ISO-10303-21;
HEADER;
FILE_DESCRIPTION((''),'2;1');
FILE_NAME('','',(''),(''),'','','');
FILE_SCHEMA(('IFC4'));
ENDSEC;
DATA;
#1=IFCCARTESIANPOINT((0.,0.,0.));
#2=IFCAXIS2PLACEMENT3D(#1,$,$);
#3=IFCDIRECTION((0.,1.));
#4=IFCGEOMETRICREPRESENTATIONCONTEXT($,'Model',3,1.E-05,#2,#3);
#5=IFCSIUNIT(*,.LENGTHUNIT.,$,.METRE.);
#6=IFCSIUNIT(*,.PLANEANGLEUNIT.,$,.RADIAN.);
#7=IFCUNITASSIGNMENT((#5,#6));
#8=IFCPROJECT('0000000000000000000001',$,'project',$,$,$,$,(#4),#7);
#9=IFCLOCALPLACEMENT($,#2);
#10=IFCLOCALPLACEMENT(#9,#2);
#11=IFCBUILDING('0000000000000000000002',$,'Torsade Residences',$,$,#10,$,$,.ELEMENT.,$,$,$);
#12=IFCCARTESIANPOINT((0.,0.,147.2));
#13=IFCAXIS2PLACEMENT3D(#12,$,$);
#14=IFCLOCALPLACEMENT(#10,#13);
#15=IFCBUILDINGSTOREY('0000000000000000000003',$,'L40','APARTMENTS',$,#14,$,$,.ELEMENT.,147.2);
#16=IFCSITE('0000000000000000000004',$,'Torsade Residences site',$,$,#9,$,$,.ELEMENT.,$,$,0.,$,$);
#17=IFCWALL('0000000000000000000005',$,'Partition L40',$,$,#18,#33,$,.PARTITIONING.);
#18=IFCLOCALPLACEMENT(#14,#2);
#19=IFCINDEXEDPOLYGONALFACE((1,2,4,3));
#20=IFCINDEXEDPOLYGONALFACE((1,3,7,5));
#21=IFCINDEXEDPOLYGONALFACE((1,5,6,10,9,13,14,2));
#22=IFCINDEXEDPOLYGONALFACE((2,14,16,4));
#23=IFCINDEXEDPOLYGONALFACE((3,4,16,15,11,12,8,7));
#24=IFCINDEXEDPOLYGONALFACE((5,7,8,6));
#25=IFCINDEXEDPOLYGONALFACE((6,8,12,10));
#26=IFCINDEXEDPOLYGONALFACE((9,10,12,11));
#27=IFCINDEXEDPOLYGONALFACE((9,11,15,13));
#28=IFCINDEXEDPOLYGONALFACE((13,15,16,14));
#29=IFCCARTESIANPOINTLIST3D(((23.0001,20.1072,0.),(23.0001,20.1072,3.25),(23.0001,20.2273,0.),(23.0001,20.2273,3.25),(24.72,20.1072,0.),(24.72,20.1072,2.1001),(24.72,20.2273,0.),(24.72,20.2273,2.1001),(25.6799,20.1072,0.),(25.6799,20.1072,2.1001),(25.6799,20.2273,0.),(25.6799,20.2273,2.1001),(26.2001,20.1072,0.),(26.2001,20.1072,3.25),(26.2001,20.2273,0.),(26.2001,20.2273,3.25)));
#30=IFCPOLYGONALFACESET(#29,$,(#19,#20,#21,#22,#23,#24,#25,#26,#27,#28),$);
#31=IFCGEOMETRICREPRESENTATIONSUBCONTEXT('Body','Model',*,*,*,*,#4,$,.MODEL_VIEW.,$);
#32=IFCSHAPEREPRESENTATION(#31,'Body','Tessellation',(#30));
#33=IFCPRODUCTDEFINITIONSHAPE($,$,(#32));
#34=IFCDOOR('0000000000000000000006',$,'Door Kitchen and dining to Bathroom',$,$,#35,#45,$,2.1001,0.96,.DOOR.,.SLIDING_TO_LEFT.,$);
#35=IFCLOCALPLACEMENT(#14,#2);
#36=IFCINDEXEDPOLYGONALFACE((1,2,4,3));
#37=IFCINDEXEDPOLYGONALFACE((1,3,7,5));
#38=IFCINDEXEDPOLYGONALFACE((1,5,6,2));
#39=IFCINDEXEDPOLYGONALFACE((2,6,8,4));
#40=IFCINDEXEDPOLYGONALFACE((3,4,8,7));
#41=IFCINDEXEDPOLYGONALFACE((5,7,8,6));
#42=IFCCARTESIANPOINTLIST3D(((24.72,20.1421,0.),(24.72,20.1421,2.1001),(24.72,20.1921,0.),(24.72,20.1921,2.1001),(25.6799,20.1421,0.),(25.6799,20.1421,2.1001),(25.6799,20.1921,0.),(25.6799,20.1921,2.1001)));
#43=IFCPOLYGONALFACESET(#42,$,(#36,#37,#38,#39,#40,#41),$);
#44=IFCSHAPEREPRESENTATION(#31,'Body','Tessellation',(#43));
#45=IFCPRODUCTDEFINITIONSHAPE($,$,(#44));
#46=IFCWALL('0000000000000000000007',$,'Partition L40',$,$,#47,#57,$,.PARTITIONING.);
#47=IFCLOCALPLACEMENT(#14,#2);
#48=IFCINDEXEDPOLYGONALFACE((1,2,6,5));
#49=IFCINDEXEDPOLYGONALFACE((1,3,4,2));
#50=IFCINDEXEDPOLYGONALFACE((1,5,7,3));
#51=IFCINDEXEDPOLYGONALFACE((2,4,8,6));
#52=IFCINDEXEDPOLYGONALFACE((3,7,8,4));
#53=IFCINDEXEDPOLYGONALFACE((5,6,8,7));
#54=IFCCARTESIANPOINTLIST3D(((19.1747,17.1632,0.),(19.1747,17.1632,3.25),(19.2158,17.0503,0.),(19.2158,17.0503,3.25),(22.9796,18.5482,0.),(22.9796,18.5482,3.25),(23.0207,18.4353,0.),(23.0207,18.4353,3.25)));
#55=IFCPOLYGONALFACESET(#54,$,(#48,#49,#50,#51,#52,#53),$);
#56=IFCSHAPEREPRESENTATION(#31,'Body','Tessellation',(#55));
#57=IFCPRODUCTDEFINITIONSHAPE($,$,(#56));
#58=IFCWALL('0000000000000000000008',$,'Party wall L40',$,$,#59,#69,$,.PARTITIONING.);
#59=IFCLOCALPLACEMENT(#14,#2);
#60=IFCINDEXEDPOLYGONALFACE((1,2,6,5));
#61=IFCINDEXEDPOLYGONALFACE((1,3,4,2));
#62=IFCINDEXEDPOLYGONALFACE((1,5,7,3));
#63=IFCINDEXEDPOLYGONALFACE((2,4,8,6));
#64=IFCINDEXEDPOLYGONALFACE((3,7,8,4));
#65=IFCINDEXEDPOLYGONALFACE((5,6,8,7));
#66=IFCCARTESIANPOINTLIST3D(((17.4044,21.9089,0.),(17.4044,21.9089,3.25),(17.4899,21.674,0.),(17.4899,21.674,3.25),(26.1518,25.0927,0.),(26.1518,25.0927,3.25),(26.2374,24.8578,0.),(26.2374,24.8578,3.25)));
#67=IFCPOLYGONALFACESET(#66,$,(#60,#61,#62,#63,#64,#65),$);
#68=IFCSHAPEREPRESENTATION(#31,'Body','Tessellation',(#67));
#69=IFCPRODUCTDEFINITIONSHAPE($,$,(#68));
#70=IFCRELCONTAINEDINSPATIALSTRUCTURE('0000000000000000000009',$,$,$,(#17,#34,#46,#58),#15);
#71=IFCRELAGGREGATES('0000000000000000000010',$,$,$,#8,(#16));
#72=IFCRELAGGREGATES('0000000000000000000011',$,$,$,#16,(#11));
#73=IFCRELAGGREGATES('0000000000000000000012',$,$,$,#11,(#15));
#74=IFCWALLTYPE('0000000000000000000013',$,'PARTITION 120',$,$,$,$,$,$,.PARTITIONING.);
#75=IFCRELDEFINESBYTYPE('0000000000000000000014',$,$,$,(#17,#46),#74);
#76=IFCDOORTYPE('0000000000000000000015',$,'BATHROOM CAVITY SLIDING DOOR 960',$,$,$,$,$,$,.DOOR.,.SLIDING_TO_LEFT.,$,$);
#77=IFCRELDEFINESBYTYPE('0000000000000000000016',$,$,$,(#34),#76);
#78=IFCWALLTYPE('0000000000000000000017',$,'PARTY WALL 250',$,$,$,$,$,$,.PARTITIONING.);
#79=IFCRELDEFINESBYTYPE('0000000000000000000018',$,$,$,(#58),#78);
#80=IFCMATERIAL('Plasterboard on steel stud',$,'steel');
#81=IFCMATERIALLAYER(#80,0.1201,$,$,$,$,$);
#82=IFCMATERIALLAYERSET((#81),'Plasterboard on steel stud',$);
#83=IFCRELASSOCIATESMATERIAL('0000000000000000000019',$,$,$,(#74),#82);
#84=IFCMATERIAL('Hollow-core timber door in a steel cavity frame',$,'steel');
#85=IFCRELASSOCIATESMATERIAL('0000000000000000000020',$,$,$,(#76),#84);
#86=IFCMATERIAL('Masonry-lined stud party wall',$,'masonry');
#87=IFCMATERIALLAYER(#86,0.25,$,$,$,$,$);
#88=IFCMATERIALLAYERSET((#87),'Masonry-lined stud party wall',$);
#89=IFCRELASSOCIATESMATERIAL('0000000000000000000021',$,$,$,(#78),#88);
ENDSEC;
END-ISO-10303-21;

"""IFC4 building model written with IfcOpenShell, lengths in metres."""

from ifc_helpers import new_model, si_unit, direction, frame, frame_2d, origin, place, context, subcontext, project, spatial, rectangle, extrude, material, layer, layer_set, type_object, element, fill, save


model = new_model("IFC4")

# Units and contexts
model_context = context("Model", 3, precision=1e-05, world=origin(), true_north=direction((0.0, 1.0)))
body_context = subcontext(model_context, "Body", "Model", "MODEL_VIEW")
ifc_project = project(units=[si_unit("LENGTHUNIT", "METRE"), si_unit("PLANEANGLEUNIT", "RADIAN")], contexts=[model_context])

# Site, building, storey
site_placement = place(None, origin())
site = spatial("IfcSite", under=ifc_project, at=site_placement, Name="Torsade Residences site", CompositionType="ELEMENT", RefElevation=0.0)
building_placement = place(site_placement, origin())
building = spatial("IfcBuilding", under=site, at=building_placement, Name="Torsade Residences", CompositionType="ELEMENT")
storey_placement = place(building_placement, frame((0.0, 0.0, 147.2)))
storey = spatial("IfcBuildingStorey", under=building, at=storey_placement, Name="L40", Description="APARTMENTS", CompositionType="ELEMENT", Elevation=147.2)

# Wall, opening, door
ifc_material_1 = material(Name="Plasterboard on steel stud", Category="steel")
ifc_layer_1 = layer(ifc_material_1, 0.1201)
ifc_layer_set_1 = layer_set([ifc_layer_1], Name="Plasterboard on steel stud")
wall_type_1 = type_object("IfcWallType", Name="PARTITION 120", PredefinedType="PARTITIONING", material=ifc_layer_set_1)
wall_1_placement = place(storey_placement, frame((23.0, 20.1672, 0.0), z_axis=(0.0, 0.0, 1.0), x_axis=(1.0, 0.0, 0.0)))
wall_1 = element("IfcWall", 1, at=wall_1_placement, inside=storey, type_object=wall_type_1, Name="Partition L40", PredefinedType="PARTITIONING", context=body_context, shape_type="SweptSolid", body=[
    extrude(rectangle(XDim=3.2, YDim=0.1201, at=frame_2d((1.6001, 0.0))), origin(), (0.0, 0.0, 1.0), 3.25),
])
opening_1_placement = place(wall_1_placement, frame((1.72, 0.0, 0.0)))
opening_1 = element("IfcOpeningElement", 2, at=opening_1_placement, cuts=wall_1, PredefinedType="OPENING", context=body_context, shape_type="SweptSolid", body=[
    extrude(rectangle(XDim=0.96, YDim=2.1001, at=frame_2d((0.48, 1.05))), frame((0.0, 0.0701, 0.0), z_axis=(0.0, -1.0, 0.0), x_axis=(1.0, 0.0, 0.0)), (0.0, 0.0, 1.0), 0.1401),
])
ifc_material_2 = material(Name="Hollow-core timber door in a steel cavity frame", Category="steel")
door_type_1 = type_object("IfcDoorType", Name="BATHROOM CAVITY SLIDING DOOR 960", OperationType="SLIDING_TO_LEFT", PredefinedType="DOOR", material=ifc_material_2)
door_1_placement = place(opening_1_placement, origin())
door_1 = element("IfcDoor", 3, at=door_1_placement, inside=storey, type_object=door_type_1, Name="Door Kitchen and dining to Bathroom", OperationType="SLIDING_TO_LEFT", OverallHeight=2.1001, OverallWidth=0.96, PredefinedType="DOOR", context=body_context, shape_type="SweptSolid", body=[
    extrude(rectangle(XDim=0.96, YDim=2.1001, at=frame_2d((0.48, 1.05))), frame((0.0, 0.0249, 0.0), z_axis=(0.0, -1.0, 0.0), x_axis=(1.0, 0.0, 0.0)), (0.0, 0.0, 1.0), 0.05),
])
fill(opening_1, door_1)

# Walls
wall_2_placement = place(storey_placement, frame((23.0, 18.4917, 0.0), z_axis=(0.0, 0.0, 1.0), x_axis=(-0.939682, -0.342048, 0.0)))
element("IfcWall", 4, at=wall_2_placement, inside=storey, type_object=wall_type_1, Name="Partition L40", PredefinedType="PARTITIONING", context=body_context, shape_type="SweptSolid", body=[
    extrude(rectangle(XDim=4.0491, YDim=0.1201, at=frame_2d((2.0244, 0.0))), origin(), (0.0, 0.0, 1.0), 3.25),
])
ifc_material_3 = material(Name="Masonry-lined stud party wall", Category="masonry")
ifc_layer_2 = layer(ifc_material_3, 0.25)
ifc_layer_set_2 = layer_set([ifc_layer_2], Name="Masonry-lined stud party wall")
wall_type_2 = type_object("IfcWallType", Name="PARTY WALL 250", PredefinedType="PARTITIONING", material=ifc_layer_set_2)
wall_3_placement = place(storey_placement, frame((17.4473, 21.7915, 0.0), z_axis=(0.0, 0.0, 1.0), x_axis=(0.939693, 0.342019, 0.0)))
element("IfcWall", 5, at=wall_3_placement, inside=storey, type_object=wall_type_2, Name="Party wall L40", PredefinedType="PARTITIONING", context=body_context, shape_type="SweptSolid", body=[
    extrude(rectangle(XDim=9.3088, YDim=0.25, at=frame_2d((4.6543, 0.0))), origin(), (0.0, 0.0, 1.0), 3.25),
])

save(model, "model.ifc")
